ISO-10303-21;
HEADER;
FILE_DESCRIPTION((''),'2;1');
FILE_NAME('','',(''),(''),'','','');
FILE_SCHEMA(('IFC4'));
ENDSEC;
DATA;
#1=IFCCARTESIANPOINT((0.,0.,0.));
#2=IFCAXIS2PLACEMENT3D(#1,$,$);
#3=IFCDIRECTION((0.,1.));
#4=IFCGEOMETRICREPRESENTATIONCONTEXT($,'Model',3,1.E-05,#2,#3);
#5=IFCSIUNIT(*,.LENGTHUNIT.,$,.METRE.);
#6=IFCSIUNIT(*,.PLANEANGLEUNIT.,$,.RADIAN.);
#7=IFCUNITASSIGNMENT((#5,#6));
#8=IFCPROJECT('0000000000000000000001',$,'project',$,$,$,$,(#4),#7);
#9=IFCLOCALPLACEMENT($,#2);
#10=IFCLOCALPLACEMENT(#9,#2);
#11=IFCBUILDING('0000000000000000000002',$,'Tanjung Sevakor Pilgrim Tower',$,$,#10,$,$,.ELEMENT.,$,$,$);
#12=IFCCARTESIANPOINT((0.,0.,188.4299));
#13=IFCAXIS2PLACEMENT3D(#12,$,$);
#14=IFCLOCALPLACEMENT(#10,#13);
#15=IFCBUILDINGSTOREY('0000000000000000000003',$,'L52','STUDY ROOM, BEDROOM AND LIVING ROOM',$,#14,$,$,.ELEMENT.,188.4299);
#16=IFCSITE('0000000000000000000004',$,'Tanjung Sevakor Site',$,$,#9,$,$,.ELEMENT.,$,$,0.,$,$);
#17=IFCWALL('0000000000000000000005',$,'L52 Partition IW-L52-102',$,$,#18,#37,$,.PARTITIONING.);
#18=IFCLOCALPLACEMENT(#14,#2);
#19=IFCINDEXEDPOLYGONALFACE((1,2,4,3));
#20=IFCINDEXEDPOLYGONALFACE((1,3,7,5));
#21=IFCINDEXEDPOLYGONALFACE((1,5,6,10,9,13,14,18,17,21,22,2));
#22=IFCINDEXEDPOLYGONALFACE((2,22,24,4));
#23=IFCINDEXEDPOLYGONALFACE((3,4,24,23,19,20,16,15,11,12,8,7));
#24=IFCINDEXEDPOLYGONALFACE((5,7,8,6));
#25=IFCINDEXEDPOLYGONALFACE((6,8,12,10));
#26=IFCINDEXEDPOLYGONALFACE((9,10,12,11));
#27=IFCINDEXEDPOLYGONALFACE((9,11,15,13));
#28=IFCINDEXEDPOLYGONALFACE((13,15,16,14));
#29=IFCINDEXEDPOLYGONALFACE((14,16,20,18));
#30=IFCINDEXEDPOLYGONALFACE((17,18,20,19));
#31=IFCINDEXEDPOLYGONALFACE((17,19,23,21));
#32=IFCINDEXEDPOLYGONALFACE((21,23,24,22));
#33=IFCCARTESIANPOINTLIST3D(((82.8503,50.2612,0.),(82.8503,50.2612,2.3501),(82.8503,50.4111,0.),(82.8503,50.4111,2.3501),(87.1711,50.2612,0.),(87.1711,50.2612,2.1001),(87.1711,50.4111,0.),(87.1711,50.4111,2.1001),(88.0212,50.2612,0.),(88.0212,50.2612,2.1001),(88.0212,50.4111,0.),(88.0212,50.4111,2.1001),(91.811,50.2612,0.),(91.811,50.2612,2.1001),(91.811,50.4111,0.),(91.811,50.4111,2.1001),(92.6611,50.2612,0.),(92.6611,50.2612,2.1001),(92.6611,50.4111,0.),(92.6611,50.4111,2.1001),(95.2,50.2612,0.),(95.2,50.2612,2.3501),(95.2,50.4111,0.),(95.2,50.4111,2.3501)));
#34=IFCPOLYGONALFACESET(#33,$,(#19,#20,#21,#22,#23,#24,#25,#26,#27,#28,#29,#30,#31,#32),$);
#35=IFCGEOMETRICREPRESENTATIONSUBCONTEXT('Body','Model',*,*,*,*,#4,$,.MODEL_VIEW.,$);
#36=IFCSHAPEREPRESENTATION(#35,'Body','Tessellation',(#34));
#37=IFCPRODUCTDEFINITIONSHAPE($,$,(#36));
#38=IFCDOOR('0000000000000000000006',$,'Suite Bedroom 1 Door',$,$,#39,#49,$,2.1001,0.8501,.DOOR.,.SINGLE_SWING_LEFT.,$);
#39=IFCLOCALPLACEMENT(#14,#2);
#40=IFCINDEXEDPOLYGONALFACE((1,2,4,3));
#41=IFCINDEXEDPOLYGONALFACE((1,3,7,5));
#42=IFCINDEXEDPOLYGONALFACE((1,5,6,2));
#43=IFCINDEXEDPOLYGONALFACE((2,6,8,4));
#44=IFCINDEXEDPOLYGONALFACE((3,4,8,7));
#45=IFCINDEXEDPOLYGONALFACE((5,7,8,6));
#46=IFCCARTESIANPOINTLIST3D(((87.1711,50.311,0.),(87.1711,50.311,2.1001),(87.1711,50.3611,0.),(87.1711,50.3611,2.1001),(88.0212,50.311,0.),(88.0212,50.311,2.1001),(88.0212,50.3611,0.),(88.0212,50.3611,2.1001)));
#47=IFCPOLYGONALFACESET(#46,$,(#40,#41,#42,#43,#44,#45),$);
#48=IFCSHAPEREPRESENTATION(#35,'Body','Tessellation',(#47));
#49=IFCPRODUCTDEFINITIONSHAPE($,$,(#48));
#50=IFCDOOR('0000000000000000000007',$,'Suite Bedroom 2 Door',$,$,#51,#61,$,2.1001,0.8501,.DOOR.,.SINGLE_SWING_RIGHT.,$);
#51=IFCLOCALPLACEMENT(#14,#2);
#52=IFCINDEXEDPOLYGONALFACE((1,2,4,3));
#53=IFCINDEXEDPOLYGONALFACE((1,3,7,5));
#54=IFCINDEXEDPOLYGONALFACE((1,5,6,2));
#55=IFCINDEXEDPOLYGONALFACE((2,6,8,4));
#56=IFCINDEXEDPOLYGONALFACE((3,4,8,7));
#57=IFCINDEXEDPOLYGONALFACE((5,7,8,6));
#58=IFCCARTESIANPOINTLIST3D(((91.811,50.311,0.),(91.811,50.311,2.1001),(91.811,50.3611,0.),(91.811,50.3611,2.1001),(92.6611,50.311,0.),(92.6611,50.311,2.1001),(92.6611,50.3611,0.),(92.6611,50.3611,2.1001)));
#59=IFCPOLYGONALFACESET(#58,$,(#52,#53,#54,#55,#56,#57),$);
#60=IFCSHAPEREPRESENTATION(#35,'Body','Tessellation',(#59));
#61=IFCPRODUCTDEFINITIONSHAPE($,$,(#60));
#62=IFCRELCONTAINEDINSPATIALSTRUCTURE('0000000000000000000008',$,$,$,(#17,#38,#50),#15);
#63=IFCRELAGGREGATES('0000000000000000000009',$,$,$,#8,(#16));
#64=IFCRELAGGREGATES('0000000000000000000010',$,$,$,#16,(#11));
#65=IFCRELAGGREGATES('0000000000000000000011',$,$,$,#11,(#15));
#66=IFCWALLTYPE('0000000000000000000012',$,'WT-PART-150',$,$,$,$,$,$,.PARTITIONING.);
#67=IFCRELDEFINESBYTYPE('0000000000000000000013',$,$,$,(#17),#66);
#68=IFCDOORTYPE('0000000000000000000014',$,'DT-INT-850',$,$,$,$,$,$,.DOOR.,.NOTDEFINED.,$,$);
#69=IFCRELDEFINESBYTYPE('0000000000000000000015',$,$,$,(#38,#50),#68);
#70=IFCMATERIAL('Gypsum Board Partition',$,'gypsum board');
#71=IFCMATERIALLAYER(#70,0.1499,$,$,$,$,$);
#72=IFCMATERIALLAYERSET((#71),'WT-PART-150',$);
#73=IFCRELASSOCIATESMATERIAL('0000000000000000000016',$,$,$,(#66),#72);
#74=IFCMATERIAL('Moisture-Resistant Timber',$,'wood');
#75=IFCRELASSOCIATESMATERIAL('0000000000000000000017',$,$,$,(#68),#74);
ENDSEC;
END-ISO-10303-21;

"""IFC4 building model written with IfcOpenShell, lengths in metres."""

from ifc_helpers import new_model, si_unit, direction, frame, frame_2d, origin, place, context, subcontext, project, spatial, rectangle, extrude, material, layer, layer_set, type_object, element, fill, save


model = new_model("IFC4")

# Units and contexts
model_context = context("Model", 3, precision=1e-05, world=origin(), true_north=direction((0.0, 1.0)))
body_context = subcontext(model_context, "Body", "Model", "MODEL_VIEW")
ifc_project = project(units=[si_unit("LENGTHUNIT", "METRE"), si_unit("PLANEANGLEUNIT", "RADIAN")], contexts=[model_context])

# Site, building, storey
site_placement = place(None, origin())
site = spatial("IfcSite", under=ifc_project, at=site_placement, Name="Tanjung Sevakor Site", CompositionType="ELEMENT", RefElevation=0.0)
building_placement = place(site_placement, origin())
building = spatial("IfcBuilding", under=site, at=building_placement, Name="Tanjung Sevakor Pilgrim Tower", CompositionType="ELEMENT")
storey_placement = place(building_placement, frame((0.0, 0.0, 188.4299)))
storey = spatial("IfcBuildingStorey", under=building, at=storey_placement, Name="L52", Description="STUDY ROOM, BEDROOM AND LIVING ROOM", CompositionType="ELEMENT", Elevation=188.4299)

# Shared definitions
ifc_material_1 = material(Name="Gypsum Board Partition", Category="gypsum board")
ifc_layer_1 = layer(ifc_material_1, 0.1499)
ifc_layer_set_1 = layer_set([ifc_layer_1], Name="WT-PART-150")
wall_type_1 = type_object("IfcWallType", Name="WT-PART-150", PredefinedType="PARTITIONING", material=ifc_layer_set_1)

# Wall, openings, doors
ifc_material_2 = material(Name="Moisture-Resistant Timber", Category="wood")
door_type_1 = type_object("IfcDoorType", Name="DT-INT-850", OperationType="NOTDEFINED", PredefinedType="DOOR", material=ifc_material_2)
wall_1_placement = place(storey_placement, frame((82.8503, 50.3362, 0.0), z_axis=(0.0, 0.0, 1.0), x_axis=(1.0, 0.0, 0.0)))
wall_1 = element("IfcWall", 1, at=wall_1_placement, inside=storey, type_object=wall_type_1, Name="L52 Partition IW-L52-102", PredefinedType="PARTITIONING", context=body_context, shape_type="SweptSolid", body=[
    extrude(rectangle(XDim=12.3496, YDim=0.1499, at=frame_2d((6.1748, 0.0))), origin(), (0.0, 0.0, 1.0), 2.3501),
])
opening_1_placement = place(wall_1_placement, frame((4.3208, 0.0, 0.0)))
opening_1 = element("IfcOpeningElement", 2, at=opening_1_placement, cuts=wall_1, PredefinedType="OPENING", context=body_context, shape_type="SweptSolid", body=[
    extrude(rectangle(XDim=0.8501, YDim=2.1001, at=frame_2d((0.425, 1.05))), frame((0.0, 0.085, 0.0), z_axis=(0.0, -1.0, 0.0), x_axis=(1.0, 0.0, 0.0)), (0.0, 0.0, 1.0), 0.1699),
])
opening_2_placement = place(wall_1_placement, frame((8.9607, 0.0, 0.0)))
opening_2 = element("IfcOpeningElement", 3, at=opening_2_placement, cuts=wall_1, PredefinedType="OPENING", context=body_context, shape_type="SweptSolid", body=[
    extrude(rectangle(XDim=0.8501, YDim=2.1001, at=frame_2d((0.425, 1.05))), frame((0.0, 0.085, 0.0), z_axis=(0.0, -1.0, 0.0), x_axis=(1.0, 0.0, 0.0)), (0.0, 0.0, 1.0), 0.1699),
])
door_1_placement = place(opening_1_placement, origin())
door_1 = element("IfcDoor", 4, at=door_1_placement, inside=storey, type_object=door_type_1, Name="Suite Bedroom 1 Door", OperationType="SINGLE_SWING_LEFT", OverallHeight=2.1001, OverallWidth=0.8501, PredefinedType="DOOR", context=body_context, shape_type="SweptSolid", body=[
    extrude(rectangle(XDim=0.8501, YDim=2.1001, at=frame_2d((0.425, 1.05))), frame((0.0, 0.0249, 0.0), z_axis=(0.0, -1.0, 0.0), x_axis=(1.0, 0.0, 0.0)), (0.0, 0.0, 1.0), 0.05),
])
fill(opening_1, door_1)
door_2_placement = place(opening_2_placement, origin())
door_2 = element("IfcDoor", 5, at=door_2_placement, inside=storey, type_object=door_type_1, Name="Suite Bedroom 2 Door", OperationType="SINGLE_SWING_RIGHT", OverallHeight=2.1001, OverallWidth=0.8501, PredefinedType="DOOR", context=body_context, shape_type="SweptSolid", body=[
    extrude(rectangle(XDim=0.8501, YDim=2.1001, at=frame_2d((0.425, 1.05))), frame((0.0, 0.0249, 0.0), z_axis=(0.0, -1.0, 0.0), x_axis=(1.0, 0.0, 0.0)), (0.0, 0.0, 1.0), 0.05),
])
fill(opening_2, door_2)

save(model, "model.ifc")
